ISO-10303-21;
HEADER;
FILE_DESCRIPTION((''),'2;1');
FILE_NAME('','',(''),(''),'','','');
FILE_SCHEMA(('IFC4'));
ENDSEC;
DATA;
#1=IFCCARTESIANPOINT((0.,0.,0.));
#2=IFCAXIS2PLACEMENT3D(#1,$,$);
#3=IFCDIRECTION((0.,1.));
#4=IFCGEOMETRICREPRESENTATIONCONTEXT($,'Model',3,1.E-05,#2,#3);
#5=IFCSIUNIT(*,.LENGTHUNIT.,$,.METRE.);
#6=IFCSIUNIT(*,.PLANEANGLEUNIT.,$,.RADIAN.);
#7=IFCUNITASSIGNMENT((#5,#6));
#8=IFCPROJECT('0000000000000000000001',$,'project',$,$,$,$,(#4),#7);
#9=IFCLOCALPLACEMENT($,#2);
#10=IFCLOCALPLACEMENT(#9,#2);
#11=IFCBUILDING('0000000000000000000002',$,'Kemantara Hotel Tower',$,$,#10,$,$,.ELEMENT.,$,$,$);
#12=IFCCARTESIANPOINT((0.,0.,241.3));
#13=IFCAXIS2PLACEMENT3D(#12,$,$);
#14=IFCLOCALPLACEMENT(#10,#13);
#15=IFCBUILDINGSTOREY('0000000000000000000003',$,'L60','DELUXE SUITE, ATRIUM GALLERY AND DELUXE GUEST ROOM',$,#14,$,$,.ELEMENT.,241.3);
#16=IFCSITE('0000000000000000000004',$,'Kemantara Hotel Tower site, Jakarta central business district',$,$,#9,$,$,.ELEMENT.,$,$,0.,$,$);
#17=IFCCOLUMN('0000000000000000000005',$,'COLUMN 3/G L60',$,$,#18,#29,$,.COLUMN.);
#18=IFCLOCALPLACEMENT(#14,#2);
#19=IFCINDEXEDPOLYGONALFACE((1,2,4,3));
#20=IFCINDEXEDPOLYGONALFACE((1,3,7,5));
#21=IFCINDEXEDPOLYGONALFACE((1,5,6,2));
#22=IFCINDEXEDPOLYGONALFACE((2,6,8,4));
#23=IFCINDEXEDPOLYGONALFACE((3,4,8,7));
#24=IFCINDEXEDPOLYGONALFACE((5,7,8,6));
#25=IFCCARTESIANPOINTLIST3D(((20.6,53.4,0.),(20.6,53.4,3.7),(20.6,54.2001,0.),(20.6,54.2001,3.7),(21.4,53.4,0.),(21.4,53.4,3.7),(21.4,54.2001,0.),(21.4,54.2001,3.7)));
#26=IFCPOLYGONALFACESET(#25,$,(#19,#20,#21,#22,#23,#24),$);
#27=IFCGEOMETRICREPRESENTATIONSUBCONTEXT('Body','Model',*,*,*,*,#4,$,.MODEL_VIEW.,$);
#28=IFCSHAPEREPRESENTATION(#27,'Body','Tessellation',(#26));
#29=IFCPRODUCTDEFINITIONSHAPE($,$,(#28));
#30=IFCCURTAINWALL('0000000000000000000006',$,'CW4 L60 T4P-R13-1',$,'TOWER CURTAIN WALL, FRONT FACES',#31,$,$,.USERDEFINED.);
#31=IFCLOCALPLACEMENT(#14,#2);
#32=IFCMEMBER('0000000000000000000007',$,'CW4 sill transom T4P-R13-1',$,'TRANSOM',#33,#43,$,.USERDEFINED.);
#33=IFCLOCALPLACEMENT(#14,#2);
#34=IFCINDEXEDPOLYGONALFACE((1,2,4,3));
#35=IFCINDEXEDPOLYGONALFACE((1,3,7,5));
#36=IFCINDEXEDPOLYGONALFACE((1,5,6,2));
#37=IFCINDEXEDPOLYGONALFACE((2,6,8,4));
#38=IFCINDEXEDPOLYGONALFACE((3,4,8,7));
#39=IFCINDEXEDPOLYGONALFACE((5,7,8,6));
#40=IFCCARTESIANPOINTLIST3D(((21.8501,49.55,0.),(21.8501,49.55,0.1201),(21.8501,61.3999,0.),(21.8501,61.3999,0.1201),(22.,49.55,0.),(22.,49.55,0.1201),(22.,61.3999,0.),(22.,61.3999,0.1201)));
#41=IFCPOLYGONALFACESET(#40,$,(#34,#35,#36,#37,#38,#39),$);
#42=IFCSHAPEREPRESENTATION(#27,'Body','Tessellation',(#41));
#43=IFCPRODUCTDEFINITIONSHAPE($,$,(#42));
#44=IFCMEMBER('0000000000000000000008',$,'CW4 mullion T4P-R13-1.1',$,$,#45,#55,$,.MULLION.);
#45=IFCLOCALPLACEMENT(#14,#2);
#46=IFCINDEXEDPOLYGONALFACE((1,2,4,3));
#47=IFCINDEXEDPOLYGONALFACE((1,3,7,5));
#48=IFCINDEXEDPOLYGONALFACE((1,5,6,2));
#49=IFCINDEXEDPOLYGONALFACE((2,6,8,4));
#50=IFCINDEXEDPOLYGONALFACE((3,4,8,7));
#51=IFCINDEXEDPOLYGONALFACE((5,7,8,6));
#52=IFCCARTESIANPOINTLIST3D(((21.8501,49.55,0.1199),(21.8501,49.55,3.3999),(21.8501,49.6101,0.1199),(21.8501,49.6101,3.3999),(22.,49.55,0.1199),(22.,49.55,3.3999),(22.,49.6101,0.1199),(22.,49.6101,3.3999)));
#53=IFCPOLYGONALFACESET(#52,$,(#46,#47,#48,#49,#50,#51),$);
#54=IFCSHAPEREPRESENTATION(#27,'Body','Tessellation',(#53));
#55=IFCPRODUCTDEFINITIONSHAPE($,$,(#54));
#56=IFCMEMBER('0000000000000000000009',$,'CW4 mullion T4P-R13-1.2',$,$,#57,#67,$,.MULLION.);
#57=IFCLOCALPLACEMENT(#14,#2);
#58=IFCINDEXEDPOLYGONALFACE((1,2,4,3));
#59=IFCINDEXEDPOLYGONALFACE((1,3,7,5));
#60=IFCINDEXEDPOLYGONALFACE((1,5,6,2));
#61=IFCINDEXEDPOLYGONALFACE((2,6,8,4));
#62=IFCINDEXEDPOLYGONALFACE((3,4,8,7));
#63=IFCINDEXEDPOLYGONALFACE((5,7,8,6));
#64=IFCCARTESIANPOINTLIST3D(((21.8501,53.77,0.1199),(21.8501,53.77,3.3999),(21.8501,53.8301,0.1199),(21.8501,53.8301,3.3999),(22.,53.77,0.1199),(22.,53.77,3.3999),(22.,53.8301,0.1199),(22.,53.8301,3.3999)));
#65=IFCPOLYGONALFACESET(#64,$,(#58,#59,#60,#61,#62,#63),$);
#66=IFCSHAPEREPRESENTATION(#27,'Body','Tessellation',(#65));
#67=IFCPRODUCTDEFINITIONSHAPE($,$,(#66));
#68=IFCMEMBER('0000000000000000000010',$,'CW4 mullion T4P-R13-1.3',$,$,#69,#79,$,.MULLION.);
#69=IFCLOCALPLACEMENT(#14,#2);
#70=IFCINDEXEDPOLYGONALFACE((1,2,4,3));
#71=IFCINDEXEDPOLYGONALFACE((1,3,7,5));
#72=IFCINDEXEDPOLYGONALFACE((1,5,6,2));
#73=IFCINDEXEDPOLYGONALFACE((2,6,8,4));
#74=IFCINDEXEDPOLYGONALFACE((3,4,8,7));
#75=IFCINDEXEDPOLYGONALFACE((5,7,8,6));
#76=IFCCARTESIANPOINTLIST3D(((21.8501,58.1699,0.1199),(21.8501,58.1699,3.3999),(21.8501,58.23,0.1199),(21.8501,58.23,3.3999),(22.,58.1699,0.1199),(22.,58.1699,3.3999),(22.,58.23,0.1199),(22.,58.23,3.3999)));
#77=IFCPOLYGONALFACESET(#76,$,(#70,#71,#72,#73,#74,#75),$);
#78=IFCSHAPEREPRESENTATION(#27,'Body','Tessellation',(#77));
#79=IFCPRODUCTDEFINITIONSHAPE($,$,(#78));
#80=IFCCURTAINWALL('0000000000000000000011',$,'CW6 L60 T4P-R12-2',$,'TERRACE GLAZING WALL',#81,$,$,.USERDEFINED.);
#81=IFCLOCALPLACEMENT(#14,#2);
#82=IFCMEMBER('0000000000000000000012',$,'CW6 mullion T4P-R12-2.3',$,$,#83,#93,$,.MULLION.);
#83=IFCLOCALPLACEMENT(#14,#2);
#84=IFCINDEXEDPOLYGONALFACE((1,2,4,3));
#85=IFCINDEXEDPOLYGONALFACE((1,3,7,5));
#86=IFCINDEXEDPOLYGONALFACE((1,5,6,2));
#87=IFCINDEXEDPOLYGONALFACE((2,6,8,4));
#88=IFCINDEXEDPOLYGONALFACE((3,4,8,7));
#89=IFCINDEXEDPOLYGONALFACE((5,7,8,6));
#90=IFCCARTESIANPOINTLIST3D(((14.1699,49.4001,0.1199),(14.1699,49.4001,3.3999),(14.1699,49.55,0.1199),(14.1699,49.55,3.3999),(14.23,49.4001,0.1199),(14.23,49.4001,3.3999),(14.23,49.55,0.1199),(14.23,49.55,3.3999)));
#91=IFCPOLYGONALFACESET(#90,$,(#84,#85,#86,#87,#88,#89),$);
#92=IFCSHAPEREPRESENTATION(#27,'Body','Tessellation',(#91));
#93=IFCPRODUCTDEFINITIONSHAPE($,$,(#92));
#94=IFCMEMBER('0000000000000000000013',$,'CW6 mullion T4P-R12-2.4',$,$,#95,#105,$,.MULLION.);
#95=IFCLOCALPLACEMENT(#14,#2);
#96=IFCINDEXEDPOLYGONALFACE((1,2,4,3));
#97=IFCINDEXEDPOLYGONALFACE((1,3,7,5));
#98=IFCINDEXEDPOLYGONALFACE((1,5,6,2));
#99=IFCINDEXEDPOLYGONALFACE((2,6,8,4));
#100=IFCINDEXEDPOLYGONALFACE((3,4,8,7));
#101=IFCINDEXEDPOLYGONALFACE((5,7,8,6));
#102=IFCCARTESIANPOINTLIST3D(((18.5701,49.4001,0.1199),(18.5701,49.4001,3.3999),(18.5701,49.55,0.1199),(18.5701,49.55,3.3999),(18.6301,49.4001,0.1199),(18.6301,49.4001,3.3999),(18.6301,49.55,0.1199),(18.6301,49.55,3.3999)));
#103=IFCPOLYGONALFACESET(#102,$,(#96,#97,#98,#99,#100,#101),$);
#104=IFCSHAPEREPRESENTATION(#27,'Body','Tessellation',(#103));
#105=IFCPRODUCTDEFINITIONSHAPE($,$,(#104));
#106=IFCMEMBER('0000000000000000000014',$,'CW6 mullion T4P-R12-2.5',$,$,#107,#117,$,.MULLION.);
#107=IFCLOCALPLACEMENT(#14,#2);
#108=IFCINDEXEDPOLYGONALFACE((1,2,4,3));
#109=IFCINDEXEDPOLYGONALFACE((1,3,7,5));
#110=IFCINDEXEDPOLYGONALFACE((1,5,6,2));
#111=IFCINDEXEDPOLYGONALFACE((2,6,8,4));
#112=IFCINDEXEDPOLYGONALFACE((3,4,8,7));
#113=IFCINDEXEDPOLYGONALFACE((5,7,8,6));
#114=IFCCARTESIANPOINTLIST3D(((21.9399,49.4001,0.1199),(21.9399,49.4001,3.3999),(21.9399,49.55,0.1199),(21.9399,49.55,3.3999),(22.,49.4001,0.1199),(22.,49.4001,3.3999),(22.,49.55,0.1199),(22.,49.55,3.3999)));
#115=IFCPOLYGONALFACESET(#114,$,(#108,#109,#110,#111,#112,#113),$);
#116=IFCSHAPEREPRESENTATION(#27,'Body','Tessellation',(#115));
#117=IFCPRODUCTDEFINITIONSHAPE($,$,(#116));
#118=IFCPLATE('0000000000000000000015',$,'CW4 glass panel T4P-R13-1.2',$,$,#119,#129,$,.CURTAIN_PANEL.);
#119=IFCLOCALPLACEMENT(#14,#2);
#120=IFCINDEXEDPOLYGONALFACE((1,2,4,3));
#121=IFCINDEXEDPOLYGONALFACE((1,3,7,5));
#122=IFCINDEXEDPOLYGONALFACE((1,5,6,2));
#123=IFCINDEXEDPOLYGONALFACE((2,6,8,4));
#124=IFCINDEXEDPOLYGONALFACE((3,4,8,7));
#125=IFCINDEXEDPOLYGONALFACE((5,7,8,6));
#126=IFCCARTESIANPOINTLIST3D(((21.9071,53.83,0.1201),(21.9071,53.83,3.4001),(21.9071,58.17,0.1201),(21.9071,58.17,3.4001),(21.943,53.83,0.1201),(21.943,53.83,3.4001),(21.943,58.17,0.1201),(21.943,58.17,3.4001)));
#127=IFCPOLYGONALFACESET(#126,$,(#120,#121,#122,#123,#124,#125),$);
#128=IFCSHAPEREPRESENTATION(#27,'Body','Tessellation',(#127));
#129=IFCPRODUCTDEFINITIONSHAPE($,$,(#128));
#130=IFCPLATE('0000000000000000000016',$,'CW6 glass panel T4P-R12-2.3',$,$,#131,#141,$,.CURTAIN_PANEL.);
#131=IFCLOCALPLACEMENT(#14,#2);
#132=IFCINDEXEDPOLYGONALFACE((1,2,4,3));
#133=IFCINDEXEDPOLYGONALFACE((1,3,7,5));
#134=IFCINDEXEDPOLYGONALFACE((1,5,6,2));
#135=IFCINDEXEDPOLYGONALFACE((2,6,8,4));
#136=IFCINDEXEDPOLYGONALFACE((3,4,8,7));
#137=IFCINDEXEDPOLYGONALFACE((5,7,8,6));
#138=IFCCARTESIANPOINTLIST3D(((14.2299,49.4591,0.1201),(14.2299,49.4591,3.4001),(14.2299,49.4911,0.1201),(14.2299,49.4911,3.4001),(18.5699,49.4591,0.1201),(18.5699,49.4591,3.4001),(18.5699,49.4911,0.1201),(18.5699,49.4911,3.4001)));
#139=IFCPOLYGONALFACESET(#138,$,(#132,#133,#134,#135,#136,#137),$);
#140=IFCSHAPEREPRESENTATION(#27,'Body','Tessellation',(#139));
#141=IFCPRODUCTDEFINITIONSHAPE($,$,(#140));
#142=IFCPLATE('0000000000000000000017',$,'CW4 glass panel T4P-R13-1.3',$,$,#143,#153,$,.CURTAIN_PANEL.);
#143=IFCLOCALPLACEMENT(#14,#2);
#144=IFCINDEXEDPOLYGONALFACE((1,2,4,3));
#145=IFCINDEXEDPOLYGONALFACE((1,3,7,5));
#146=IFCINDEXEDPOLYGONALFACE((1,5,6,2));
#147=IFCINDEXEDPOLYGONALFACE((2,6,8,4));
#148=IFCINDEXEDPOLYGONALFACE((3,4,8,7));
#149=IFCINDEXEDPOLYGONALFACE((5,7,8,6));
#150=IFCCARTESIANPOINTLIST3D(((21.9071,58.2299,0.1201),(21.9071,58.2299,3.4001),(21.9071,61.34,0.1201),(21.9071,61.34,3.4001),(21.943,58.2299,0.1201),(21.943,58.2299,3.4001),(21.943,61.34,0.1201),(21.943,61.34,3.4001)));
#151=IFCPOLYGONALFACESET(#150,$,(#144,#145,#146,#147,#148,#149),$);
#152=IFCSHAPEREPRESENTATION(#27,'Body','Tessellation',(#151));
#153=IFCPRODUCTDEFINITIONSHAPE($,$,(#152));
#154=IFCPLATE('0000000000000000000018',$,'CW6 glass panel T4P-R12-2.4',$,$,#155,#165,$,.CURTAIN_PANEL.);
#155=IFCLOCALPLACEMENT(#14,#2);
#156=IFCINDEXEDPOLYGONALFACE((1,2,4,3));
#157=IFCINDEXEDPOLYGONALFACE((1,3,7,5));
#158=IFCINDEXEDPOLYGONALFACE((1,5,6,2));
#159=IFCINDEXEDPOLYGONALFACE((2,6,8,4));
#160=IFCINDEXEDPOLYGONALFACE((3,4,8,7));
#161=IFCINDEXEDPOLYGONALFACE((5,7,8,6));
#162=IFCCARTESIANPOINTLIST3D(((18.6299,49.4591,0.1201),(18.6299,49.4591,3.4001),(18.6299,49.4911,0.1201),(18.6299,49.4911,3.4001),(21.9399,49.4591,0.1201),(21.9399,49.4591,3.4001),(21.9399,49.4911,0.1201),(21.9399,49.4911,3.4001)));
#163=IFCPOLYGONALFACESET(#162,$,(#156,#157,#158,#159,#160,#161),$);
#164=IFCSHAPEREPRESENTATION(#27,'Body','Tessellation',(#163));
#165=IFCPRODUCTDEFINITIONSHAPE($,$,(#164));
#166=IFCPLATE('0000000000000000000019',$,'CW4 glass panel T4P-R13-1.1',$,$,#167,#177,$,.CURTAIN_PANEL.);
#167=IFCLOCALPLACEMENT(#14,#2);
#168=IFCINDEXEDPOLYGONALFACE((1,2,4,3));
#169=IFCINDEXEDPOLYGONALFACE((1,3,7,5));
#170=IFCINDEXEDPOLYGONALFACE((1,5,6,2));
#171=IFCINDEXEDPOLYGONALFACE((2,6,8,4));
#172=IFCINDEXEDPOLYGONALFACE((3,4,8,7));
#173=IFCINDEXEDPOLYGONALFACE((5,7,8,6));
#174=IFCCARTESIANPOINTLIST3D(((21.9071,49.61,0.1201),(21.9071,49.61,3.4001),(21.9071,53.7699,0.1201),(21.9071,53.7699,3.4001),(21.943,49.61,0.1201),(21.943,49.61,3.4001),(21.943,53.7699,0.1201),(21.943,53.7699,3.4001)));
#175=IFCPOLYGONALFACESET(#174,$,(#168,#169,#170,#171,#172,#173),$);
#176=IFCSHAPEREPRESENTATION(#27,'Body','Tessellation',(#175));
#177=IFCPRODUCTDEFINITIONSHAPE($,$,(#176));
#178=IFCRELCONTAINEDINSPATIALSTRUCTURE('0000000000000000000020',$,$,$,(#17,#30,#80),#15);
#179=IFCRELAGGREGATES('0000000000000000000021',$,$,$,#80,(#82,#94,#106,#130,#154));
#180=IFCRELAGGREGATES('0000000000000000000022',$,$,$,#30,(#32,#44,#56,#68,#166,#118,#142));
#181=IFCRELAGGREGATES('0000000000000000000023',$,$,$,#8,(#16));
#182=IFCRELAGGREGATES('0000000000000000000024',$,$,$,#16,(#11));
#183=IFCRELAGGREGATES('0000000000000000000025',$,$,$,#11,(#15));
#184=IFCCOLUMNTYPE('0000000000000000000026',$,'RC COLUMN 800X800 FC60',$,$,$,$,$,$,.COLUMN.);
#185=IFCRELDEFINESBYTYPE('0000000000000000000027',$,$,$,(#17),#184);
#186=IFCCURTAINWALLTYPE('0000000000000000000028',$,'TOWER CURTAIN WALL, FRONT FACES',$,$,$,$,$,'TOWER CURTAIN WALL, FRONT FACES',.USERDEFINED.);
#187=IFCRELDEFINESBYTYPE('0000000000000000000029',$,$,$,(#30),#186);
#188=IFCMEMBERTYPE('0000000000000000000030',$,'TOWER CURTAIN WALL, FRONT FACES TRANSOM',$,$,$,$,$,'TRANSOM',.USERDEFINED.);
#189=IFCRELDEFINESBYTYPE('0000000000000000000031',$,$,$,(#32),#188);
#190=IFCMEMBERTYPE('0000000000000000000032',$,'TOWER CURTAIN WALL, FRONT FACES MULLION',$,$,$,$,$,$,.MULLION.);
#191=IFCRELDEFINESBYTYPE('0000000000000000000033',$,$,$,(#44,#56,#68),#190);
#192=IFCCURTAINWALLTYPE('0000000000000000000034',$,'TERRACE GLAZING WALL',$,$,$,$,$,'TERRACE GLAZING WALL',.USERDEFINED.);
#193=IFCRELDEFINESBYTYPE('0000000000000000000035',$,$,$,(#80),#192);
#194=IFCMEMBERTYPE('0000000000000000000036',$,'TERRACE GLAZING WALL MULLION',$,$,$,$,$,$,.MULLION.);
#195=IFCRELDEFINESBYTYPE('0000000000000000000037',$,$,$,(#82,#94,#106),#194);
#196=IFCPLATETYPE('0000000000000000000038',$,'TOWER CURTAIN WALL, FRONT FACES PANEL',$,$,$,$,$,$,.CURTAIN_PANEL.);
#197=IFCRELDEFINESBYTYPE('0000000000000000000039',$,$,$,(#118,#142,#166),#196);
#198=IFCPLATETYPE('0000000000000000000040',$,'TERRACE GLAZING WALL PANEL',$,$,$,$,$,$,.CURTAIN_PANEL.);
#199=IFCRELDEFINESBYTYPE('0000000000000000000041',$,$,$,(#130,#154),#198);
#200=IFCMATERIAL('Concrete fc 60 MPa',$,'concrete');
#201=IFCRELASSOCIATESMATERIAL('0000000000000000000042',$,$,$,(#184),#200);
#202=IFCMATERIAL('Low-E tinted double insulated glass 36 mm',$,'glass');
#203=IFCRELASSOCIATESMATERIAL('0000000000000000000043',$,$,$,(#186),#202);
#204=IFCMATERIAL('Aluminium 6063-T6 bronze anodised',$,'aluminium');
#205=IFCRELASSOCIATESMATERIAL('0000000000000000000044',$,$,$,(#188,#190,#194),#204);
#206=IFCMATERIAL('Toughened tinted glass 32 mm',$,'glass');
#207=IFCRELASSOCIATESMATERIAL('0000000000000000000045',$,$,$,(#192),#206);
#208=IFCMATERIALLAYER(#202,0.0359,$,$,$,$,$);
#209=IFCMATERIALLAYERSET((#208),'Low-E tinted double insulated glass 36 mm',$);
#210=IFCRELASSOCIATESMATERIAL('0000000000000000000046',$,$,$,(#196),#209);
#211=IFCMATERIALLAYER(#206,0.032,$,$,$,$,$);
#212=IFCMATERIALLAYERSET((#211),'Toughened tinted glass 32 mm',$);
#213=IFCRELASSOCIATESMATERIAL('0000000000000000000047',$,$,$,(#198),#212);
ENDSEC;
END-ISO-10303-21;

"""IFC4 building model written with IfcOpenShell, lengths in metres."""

from ifc_helpers import new_model, si_unit, direction, frame, origin, origin_2d, place, context, subcontext, project, spatial, rectangle, extrude, source, transform, mapped, material, layer, layer_set, material_profile, profile_set, type_object, element, aggregate, save


model = new_model("IFC4")

# Units and contexts
model_context = context("Model", 3, precision=1e-05, world=origin(), true_north=direction((0.0, 1.0)))
body_context = subcontext(model_context, "Body", "Model", "MODEL_VIEW")
ifc_project = project(units=[si_unit("LENGTHUNIT", "METRE"), si_unit("PLANEANGLEUNIT", "RADIAN")], contexts=[model_context])

# Site, building, storey
site_placement = place(None, origin())
site = spatial("IfcSite", under=ifc_project, at=site_placement, Name="Kemantara Hotel Tower site, Jakarta central business district", CompositionType="ELEMENT", RefElevation=0.0)
building_placement = place(site_placement, origin())
building = spatial("IfcBuilding", under=site, at=building_placement, Name="Kemantara Hotel Tower", CompositionType="ELEMENT")
storey_placement = place(building_placement, frame((0.0, 0.0, 241.3)))
storey = spatial("IfcBuildingStorey", under=building, at=storey_placement, Name="L60", Description="DELUXE SUITE, ATRIUM GALLERY AND DELUXE GUEST ROOM", CompositionType="ELEMENT", Elevation=241.3)

# Column
ifc_material_1 = material(Name="Concrete fc 60 MPa", Category="concrete")
ifc_material_profile_1 = material_profile(ifc_material_1, rectangle(XDim=0.8, YDim=0.8, at=origin_2d()), Name="RC 800X800")
ifc_profile_set_1 = profile_set([ifc_material_profile_1], Name="Concrete fc 60 MPa")
column_type = type_object("IfcColumnType", Name="RC COLUMN 800X800 FC60", PredefinedType="COLUMN", material=ifc_profile_set_1)
column_placement = place(storey_placement, frame((21.0, 53.8, 0.0), z_axis=(0.0, 0.0, 1.0), x_axis=(1.0, 0.0, 0.0)))
element("IfcColumn", 1, at=column_placement, inside=storey, type_object=column_type, Name="COLUMN 3/G L60", PredefinedType="COLUMN", context=body_context, shape_type="SweptSolid", body=[
    extrude(rectangle(XDim=0.8, YDim=0.8, at=origin_2d()), origin(), (0.0, 0.0, 1.0), 3.7),
])

# Curtain walls, members
ifc_material_2 = material(Name="Low-E tinted double insulated glass 36 mm", Category="glass")
curtain_wall_type_1 = type_object("IfcCurtainWallType", Name="TOWER CURTAIN WALL, FRONT FACES", ElementType="TOWER CURTAIN WALL, FRONT FACES", PredefinedType="USERDEFINED", material=ifc_material_2)
curtain_wall_1_placement = place(storey_placement, origin())
curtain_wall_1 = element("IfcCurtainWall", 2, at=curtain_wall_1_placement, inside=storey, type_object=curtain_wall_type_1, Name="CW4 L60 T4P-R13-1", ObjectType="TOWER CURTAIN WALL, FRONT FACES", PredefinedType="USERDEFINED")
ifc_material_3 = material(Name="Aluminium 6063-T6 bronze anodised", Category="aluminium")
ifc_material_profile_2 = material_profile(ifc_material_3, rectangle(XDim=0.1499, YDim=0.1201, at=origin_2d()), Name="TOWER CURTAIN WALL, FRONT FACES TRANSOM")
ifc_profile_set_2 = profile_set([ifc_material_profile_2], Name="Aluminium 6063-T6 bronze anodised")
member_type_1 = type_object("IfcMemberType", Name="TOWER CURTAIN WALL, FRONT FACES TRANSOM", ElementType="TRANSOM", PredefinedType="USERDEFINED", material=ifc_profile_set_2)
member_1_placement = place(storey_placement, frame((21.925, 49.55, 0.0601), z_axis=(0.0, 1.0, 0.0), x_axis=(-1.0, 0.0, 0.0)))
member_1 = element("IfcMember", 3, at=member_1_placement, type_object=member_type_1, Name="CW4 sill transom T4P-R13-1", ObjectType="TRANSOM", PredefinedType="USERDEFINED", context=body_context, shape_type="SweptSolid", body=[
    extrude(rectangle(XDim=0.1499, YDim=0.1201, at=origin_2d()), origin(), (0.0, 0.0, 1.0), 11.8499),
])
ifc_material_profile_3 = material_profile(ifc_material_3, rectangle(XDim=0.1499, YDim=0.0601, at=origin_2d()), Name="TOWER CURTAIN WALL, FRONT FACES MULLION")
ifc_profile_set_3 = profile_set([ifc_material_profile_3], Name="Aluminium 6063-T6 bronze anodised")
member_type_2 = type_object("IfcMemberType", Name="TOWER CURTAIN WALL, FRONT FACES MULLION", PredefinedType="MULLION", material=ifc_profile_set_3)
shared_shape_1 = source(origin(), body_context, "Body", "SweptSolid", [
    extrude(rectangle(XDim=0.1499, YDim=0.0601, at=origin_2d()), origin(), (0.0, 0.0, 1.0), 3.28),
])
member_2_placement = place(storey_placement, frame((21.925, 49.5801, 0.1199), z_axis=(0.0, 0.0, 1.0), x_axis=(-1.0, 0.0, 0.0)))
member_2 = element("IfcMember", 4, at=member_2_placement, type_object=member_type_2, Name="CW4 mullion T4P-R13-1.1", PredefinedType="MULLION", context=body_context, shape_type="MappedRepresentation", body=[
    mapped(shared_shape_1, transform((0.0, 0.0, 0.0))),
])
member_3_placement = place(storey_placement, frame((21.925, 53.8, 0.1199), z_axis=(0.0, 0.0, 1.0), x_axis=(-1.0, 0.0, 0.0)))
member_3 = element("IfcMember", 5, at=member_3_placement, type_object=member_type_2, Name="CW4 mullion T4P-R13-1.2", PredefinedType="MULLION", context=body_context, shape_type="MappedRepresentation", body=[
    mapped(shared_shape_1, transform((0.0, 0.0, 0.0))),
])
member_4_placement = place(storey_placement, frame((21.925, 58.2, 0.1199), z_axis=(0.0, 0.0, 1.0), x_axis=(-1.0, 0.0, 0.0)))
member_4 = element("IfcMember", 6, at=member_4_placement, type_object=member_type_2, Name="CW4 mullion T4P-R13-1.3", PredefinedType="MULLION", context=body_context, shape_type="MappedRepresentation", body=[
    mapped(shared_shape_1, transform((0.0, 0.0, 0.0))),
])
ifc_material_4 = material(Name="Toughened tinted glass 32 mm", Category="glass")
curtain_wall_type_2 = type_object("IfcCurtainWallType", Name="TERRACE GLAZING WALL", ElementType="TERRACE GLAZING WALL", PredefinedType="USERDEFINED", material=ifc_material_4)
curtain_wall_2_placement = place(storey_placement, origin())
curtain_wall_2 = element("IfcCurtainWall", 7, at=curtain_wall_2_placement, inside=storey, type_object=curtain_wall_type_2, Name="CW6 L60 T4P-R12-2", ObjectType="TERRACE GLAZING WALL", PredefinedType="USERDEFINED")
ifc_material_profile_4 = material_profile(ifc_material_3, rectangle(XDim=0.1499, YDim=0.0601, at=origin_2d()), Name="TERRACE GLAZING WALL MULLION")
ifc_profile_set_4 = profile_set([ifc_material_profile_4], Name="Aluminium 6063-T6 bronze anodised")
member_type_3 = type_object("IfcMemberType", Name="TERRACE GLAZING WALL MULLION", PredefinedType="MULLION", material=ifc_profile_set_4)
shared_shape_2 = source(origin(), body_context, "Body", "SweptSolid", [
    extrude(rectangle(XDim=0.1499, YDim=0.0601, at=origin_2d()), origin(), (0.0, 0.0, 1.0), 3.28),
])
member_5_placement = place(storey_placement, frame((14.2, 49.4751, 0.1199), z_axis=(0.0, 0.0, 1.0), x_axis=(0.0, 1.0, 0.0)))
member_5 = element("IfcMember", 8, at=member_5_placement, type_object=member_type_3, Name="CW6 mullion T4P-R12-2.3", PredefinedType="MULLION", context=body_context, shape_type="MappedRepresentation", body=[
    mapped(shared_shape_2, transform((0.0, 0.0, 0.0))),
])
member_6_placement = place(storey_placement, frame((18.6001, 49.4751, 0.1199), z_axis=(0.0, 0.0, 1.0), x_axis=(0.0, 1.0, 0.0)))
member_6 = element("IfcMember", 9, at=member_6_placement, type_object=member_type_3, Name="CW6 mullion T4P-R12-2.4", PredefinedType="MULLION", context=body_context, shape_type="MappedRepresentation", body=[
    mapped(shared_shape_2, transform((0.0, 0.0, 0.0))),
])
member_7_placement = place(storey_placement, frame((21.97, 49.4751, 0.1199), z_axis=(0.0, 0.0, 1.0), x_axis=(0.0, 1.0, 0.0)))
member_7 = element("IfcMember", 10, at=member_7_placement, type_object=member_type_3, Name="CW6 mullion T4P-R12-2.5", PredefinedType="MULLION", context=body_context, shape_type="MappedRepresentation", body=[
    mapped(shared_shape_2, transform((0.0, 0.0, 0.0))),
])

# Plates
ifc_layer_1 = layer(ifc_material_2, 0.0359)
ifc_layer_set_1 = layer_set([ifc_layer_1], Name="Low-E tinted double insulated glass 36 mm")
plate_type_1 = type_object("IfcPlateType", Name="TOWER CURTAIN WALL, FRONT FACES PANEL", PredefinedType="CURTAIN_PANEL", material=ifc_layer_set_1)
shared_shape_3 = source(origin(), body_context, "Body", "SweptSolid", [
    extrude(rectangle(XDim=4.3401, YDim=0.0359, at=origin_2d()), origin(), (0.0, 0.0, 1.0), 3.28),
])
plate_1_placement = place(storey_placement, frame((21.925, 56.0, 0.1201), z_axis=(0.0, 0.0, 1.0), x_axis=(0.0, 1.0, 0.0)))
plate_1 = element("IfcPlate", 11, at=plate_1_placement, type_object=plate_type_1, Name="CW4 glass panel T4P-R13-1.2", PredefinedType="CURTAIN_PANEL", context=body_context, shape_type="MappedRepresentation", body=[
    mapped(shared_shape_3, transform((0.0, 0.0, 0.0))),
])
ifc_layer_2 = layer(ifc_material_4, 0.032)
ifc_layer_set_2 = layer_set([ifc_layer_2], Name="Toughened tinted glass 32 mm")
plate_type_2 = type_object("IfcPlateType", Name="TERRACE GLAZING WALL PANEL", PredefinedType="CURTAIN_PANEL", material=ifc_layer_set_2)
shared_shape_4 = source(origin(), body_context, "Body", "SweptSolid", [
    extrude(rectangle(XDim=4.3401, YDim=0.032, at=origin_2d()), origin(), (0.0, 0.0, 1.0), 3.28),
])
plate_2_placement = place(storey_placement, frame((16.3999, 49.4751, 0.1201), z_axis=(0.0, 0.0, 1.0), x_axis=(1.0, 0.0, 0.0)))
plate_2 = element("IfcPlate", 12, at=plate_2_placement, type_object=plate_type_2, Name="CW6 glass panel T4P-R12-2.3", PredefinedType="CURTAIN_PANEL", context=body_context, shape_type="MappedRepresentation", body=[
    mapped(shared_shape_4, transform((0.0, 0.0, 0.0))),
])
shared_shape_5 = source(origin(), body_context, "Body", "SweptSolid", [
    extrude(rectangle(XDim=3.1101, YDim=0.0359, at=origin_2d()), origin(), (0.0, 0.0, 1.0), 3.28),
])
plate_3_placement = place(storey_placement, frame((21.925, 59.7849, 0.1201), z_axis=(0.0, 0.0, 1.0), x_axis=(0.0, 1.0, 0.0)))
plate_3 = element("IfcPlate", 13, at=plate_3_placement, type_object=plate_type_1, Name="CW4 glass panel T4P-R13-1.3", PredefinedType="CURTAIN_PANEL", context=body_context, shape_type="MappedRepresentation", body=[
    mapped(shared_shape_5, transform((0.0, 0.0, 0.0))),
])
shared_shape_6 = source(origin(), body_context, "Body", "SweptSolid", [
    extrude(rectangle(XDim=3.3101, YDim=0.032, at=origin_2d()), origin(), (0.0, 0.0, 1.0), 3.28),
])
plate_4_placement = place(storey_placement, frame((20.2849, 49.4751, 0.1201), z_axis=(0.0, 0.0, 1.0), x_axis=(1.0, 0.0, 0.0)))
plate_4 = element("IfcPlate", 14, at=plate_4_placement, type_object=plate_type_2, Name="CW6 glass panel T4P-R12-2.4", PredefinedType="CURTAIN_PANEL", context=body_context, shape_type="MappedRepresentation", body=[
    mapped(shared_shape_6, transform((0.0, 0.0, 0.0))),
])
aggregate(curtain_wall_2, [member_5, member_6, member_7, plate_2, plate_4])
shared_shape_7 = source(origin(), body_context, "Body", "SweptSolid", [
    extrude(rectangle(XDim=4.1599, YDim=0.0359, at=origin_2d()), origin(), (0.0, 0.0, 1.0), 3.28),
])
plate_5_placement = place(storey_placement, frame((21.925, 51.6899, 0.1201), z_axis=(0.0, 0.0, 1.0), x_axis=(0.0, 1.0, 0.0)))
plate_5 = element("IfcPlate", 15, at=plate_5_placement, type_object=plate_type_1, Name="CW4 glass panel T4P-R13-1.1", PredefinedType="CURTAIN_PANEL", context=body_context, shape_type="MappedRepresentation", body=[
    mapped(shared_shape_7, transform((0.0, 0.0, 0.0))),
])
aggregate(curtain_wall_1, [member_1, member_2, member_3, member_4, plate_5, plate_1, plate_3])

save(model, "model.ifc")
